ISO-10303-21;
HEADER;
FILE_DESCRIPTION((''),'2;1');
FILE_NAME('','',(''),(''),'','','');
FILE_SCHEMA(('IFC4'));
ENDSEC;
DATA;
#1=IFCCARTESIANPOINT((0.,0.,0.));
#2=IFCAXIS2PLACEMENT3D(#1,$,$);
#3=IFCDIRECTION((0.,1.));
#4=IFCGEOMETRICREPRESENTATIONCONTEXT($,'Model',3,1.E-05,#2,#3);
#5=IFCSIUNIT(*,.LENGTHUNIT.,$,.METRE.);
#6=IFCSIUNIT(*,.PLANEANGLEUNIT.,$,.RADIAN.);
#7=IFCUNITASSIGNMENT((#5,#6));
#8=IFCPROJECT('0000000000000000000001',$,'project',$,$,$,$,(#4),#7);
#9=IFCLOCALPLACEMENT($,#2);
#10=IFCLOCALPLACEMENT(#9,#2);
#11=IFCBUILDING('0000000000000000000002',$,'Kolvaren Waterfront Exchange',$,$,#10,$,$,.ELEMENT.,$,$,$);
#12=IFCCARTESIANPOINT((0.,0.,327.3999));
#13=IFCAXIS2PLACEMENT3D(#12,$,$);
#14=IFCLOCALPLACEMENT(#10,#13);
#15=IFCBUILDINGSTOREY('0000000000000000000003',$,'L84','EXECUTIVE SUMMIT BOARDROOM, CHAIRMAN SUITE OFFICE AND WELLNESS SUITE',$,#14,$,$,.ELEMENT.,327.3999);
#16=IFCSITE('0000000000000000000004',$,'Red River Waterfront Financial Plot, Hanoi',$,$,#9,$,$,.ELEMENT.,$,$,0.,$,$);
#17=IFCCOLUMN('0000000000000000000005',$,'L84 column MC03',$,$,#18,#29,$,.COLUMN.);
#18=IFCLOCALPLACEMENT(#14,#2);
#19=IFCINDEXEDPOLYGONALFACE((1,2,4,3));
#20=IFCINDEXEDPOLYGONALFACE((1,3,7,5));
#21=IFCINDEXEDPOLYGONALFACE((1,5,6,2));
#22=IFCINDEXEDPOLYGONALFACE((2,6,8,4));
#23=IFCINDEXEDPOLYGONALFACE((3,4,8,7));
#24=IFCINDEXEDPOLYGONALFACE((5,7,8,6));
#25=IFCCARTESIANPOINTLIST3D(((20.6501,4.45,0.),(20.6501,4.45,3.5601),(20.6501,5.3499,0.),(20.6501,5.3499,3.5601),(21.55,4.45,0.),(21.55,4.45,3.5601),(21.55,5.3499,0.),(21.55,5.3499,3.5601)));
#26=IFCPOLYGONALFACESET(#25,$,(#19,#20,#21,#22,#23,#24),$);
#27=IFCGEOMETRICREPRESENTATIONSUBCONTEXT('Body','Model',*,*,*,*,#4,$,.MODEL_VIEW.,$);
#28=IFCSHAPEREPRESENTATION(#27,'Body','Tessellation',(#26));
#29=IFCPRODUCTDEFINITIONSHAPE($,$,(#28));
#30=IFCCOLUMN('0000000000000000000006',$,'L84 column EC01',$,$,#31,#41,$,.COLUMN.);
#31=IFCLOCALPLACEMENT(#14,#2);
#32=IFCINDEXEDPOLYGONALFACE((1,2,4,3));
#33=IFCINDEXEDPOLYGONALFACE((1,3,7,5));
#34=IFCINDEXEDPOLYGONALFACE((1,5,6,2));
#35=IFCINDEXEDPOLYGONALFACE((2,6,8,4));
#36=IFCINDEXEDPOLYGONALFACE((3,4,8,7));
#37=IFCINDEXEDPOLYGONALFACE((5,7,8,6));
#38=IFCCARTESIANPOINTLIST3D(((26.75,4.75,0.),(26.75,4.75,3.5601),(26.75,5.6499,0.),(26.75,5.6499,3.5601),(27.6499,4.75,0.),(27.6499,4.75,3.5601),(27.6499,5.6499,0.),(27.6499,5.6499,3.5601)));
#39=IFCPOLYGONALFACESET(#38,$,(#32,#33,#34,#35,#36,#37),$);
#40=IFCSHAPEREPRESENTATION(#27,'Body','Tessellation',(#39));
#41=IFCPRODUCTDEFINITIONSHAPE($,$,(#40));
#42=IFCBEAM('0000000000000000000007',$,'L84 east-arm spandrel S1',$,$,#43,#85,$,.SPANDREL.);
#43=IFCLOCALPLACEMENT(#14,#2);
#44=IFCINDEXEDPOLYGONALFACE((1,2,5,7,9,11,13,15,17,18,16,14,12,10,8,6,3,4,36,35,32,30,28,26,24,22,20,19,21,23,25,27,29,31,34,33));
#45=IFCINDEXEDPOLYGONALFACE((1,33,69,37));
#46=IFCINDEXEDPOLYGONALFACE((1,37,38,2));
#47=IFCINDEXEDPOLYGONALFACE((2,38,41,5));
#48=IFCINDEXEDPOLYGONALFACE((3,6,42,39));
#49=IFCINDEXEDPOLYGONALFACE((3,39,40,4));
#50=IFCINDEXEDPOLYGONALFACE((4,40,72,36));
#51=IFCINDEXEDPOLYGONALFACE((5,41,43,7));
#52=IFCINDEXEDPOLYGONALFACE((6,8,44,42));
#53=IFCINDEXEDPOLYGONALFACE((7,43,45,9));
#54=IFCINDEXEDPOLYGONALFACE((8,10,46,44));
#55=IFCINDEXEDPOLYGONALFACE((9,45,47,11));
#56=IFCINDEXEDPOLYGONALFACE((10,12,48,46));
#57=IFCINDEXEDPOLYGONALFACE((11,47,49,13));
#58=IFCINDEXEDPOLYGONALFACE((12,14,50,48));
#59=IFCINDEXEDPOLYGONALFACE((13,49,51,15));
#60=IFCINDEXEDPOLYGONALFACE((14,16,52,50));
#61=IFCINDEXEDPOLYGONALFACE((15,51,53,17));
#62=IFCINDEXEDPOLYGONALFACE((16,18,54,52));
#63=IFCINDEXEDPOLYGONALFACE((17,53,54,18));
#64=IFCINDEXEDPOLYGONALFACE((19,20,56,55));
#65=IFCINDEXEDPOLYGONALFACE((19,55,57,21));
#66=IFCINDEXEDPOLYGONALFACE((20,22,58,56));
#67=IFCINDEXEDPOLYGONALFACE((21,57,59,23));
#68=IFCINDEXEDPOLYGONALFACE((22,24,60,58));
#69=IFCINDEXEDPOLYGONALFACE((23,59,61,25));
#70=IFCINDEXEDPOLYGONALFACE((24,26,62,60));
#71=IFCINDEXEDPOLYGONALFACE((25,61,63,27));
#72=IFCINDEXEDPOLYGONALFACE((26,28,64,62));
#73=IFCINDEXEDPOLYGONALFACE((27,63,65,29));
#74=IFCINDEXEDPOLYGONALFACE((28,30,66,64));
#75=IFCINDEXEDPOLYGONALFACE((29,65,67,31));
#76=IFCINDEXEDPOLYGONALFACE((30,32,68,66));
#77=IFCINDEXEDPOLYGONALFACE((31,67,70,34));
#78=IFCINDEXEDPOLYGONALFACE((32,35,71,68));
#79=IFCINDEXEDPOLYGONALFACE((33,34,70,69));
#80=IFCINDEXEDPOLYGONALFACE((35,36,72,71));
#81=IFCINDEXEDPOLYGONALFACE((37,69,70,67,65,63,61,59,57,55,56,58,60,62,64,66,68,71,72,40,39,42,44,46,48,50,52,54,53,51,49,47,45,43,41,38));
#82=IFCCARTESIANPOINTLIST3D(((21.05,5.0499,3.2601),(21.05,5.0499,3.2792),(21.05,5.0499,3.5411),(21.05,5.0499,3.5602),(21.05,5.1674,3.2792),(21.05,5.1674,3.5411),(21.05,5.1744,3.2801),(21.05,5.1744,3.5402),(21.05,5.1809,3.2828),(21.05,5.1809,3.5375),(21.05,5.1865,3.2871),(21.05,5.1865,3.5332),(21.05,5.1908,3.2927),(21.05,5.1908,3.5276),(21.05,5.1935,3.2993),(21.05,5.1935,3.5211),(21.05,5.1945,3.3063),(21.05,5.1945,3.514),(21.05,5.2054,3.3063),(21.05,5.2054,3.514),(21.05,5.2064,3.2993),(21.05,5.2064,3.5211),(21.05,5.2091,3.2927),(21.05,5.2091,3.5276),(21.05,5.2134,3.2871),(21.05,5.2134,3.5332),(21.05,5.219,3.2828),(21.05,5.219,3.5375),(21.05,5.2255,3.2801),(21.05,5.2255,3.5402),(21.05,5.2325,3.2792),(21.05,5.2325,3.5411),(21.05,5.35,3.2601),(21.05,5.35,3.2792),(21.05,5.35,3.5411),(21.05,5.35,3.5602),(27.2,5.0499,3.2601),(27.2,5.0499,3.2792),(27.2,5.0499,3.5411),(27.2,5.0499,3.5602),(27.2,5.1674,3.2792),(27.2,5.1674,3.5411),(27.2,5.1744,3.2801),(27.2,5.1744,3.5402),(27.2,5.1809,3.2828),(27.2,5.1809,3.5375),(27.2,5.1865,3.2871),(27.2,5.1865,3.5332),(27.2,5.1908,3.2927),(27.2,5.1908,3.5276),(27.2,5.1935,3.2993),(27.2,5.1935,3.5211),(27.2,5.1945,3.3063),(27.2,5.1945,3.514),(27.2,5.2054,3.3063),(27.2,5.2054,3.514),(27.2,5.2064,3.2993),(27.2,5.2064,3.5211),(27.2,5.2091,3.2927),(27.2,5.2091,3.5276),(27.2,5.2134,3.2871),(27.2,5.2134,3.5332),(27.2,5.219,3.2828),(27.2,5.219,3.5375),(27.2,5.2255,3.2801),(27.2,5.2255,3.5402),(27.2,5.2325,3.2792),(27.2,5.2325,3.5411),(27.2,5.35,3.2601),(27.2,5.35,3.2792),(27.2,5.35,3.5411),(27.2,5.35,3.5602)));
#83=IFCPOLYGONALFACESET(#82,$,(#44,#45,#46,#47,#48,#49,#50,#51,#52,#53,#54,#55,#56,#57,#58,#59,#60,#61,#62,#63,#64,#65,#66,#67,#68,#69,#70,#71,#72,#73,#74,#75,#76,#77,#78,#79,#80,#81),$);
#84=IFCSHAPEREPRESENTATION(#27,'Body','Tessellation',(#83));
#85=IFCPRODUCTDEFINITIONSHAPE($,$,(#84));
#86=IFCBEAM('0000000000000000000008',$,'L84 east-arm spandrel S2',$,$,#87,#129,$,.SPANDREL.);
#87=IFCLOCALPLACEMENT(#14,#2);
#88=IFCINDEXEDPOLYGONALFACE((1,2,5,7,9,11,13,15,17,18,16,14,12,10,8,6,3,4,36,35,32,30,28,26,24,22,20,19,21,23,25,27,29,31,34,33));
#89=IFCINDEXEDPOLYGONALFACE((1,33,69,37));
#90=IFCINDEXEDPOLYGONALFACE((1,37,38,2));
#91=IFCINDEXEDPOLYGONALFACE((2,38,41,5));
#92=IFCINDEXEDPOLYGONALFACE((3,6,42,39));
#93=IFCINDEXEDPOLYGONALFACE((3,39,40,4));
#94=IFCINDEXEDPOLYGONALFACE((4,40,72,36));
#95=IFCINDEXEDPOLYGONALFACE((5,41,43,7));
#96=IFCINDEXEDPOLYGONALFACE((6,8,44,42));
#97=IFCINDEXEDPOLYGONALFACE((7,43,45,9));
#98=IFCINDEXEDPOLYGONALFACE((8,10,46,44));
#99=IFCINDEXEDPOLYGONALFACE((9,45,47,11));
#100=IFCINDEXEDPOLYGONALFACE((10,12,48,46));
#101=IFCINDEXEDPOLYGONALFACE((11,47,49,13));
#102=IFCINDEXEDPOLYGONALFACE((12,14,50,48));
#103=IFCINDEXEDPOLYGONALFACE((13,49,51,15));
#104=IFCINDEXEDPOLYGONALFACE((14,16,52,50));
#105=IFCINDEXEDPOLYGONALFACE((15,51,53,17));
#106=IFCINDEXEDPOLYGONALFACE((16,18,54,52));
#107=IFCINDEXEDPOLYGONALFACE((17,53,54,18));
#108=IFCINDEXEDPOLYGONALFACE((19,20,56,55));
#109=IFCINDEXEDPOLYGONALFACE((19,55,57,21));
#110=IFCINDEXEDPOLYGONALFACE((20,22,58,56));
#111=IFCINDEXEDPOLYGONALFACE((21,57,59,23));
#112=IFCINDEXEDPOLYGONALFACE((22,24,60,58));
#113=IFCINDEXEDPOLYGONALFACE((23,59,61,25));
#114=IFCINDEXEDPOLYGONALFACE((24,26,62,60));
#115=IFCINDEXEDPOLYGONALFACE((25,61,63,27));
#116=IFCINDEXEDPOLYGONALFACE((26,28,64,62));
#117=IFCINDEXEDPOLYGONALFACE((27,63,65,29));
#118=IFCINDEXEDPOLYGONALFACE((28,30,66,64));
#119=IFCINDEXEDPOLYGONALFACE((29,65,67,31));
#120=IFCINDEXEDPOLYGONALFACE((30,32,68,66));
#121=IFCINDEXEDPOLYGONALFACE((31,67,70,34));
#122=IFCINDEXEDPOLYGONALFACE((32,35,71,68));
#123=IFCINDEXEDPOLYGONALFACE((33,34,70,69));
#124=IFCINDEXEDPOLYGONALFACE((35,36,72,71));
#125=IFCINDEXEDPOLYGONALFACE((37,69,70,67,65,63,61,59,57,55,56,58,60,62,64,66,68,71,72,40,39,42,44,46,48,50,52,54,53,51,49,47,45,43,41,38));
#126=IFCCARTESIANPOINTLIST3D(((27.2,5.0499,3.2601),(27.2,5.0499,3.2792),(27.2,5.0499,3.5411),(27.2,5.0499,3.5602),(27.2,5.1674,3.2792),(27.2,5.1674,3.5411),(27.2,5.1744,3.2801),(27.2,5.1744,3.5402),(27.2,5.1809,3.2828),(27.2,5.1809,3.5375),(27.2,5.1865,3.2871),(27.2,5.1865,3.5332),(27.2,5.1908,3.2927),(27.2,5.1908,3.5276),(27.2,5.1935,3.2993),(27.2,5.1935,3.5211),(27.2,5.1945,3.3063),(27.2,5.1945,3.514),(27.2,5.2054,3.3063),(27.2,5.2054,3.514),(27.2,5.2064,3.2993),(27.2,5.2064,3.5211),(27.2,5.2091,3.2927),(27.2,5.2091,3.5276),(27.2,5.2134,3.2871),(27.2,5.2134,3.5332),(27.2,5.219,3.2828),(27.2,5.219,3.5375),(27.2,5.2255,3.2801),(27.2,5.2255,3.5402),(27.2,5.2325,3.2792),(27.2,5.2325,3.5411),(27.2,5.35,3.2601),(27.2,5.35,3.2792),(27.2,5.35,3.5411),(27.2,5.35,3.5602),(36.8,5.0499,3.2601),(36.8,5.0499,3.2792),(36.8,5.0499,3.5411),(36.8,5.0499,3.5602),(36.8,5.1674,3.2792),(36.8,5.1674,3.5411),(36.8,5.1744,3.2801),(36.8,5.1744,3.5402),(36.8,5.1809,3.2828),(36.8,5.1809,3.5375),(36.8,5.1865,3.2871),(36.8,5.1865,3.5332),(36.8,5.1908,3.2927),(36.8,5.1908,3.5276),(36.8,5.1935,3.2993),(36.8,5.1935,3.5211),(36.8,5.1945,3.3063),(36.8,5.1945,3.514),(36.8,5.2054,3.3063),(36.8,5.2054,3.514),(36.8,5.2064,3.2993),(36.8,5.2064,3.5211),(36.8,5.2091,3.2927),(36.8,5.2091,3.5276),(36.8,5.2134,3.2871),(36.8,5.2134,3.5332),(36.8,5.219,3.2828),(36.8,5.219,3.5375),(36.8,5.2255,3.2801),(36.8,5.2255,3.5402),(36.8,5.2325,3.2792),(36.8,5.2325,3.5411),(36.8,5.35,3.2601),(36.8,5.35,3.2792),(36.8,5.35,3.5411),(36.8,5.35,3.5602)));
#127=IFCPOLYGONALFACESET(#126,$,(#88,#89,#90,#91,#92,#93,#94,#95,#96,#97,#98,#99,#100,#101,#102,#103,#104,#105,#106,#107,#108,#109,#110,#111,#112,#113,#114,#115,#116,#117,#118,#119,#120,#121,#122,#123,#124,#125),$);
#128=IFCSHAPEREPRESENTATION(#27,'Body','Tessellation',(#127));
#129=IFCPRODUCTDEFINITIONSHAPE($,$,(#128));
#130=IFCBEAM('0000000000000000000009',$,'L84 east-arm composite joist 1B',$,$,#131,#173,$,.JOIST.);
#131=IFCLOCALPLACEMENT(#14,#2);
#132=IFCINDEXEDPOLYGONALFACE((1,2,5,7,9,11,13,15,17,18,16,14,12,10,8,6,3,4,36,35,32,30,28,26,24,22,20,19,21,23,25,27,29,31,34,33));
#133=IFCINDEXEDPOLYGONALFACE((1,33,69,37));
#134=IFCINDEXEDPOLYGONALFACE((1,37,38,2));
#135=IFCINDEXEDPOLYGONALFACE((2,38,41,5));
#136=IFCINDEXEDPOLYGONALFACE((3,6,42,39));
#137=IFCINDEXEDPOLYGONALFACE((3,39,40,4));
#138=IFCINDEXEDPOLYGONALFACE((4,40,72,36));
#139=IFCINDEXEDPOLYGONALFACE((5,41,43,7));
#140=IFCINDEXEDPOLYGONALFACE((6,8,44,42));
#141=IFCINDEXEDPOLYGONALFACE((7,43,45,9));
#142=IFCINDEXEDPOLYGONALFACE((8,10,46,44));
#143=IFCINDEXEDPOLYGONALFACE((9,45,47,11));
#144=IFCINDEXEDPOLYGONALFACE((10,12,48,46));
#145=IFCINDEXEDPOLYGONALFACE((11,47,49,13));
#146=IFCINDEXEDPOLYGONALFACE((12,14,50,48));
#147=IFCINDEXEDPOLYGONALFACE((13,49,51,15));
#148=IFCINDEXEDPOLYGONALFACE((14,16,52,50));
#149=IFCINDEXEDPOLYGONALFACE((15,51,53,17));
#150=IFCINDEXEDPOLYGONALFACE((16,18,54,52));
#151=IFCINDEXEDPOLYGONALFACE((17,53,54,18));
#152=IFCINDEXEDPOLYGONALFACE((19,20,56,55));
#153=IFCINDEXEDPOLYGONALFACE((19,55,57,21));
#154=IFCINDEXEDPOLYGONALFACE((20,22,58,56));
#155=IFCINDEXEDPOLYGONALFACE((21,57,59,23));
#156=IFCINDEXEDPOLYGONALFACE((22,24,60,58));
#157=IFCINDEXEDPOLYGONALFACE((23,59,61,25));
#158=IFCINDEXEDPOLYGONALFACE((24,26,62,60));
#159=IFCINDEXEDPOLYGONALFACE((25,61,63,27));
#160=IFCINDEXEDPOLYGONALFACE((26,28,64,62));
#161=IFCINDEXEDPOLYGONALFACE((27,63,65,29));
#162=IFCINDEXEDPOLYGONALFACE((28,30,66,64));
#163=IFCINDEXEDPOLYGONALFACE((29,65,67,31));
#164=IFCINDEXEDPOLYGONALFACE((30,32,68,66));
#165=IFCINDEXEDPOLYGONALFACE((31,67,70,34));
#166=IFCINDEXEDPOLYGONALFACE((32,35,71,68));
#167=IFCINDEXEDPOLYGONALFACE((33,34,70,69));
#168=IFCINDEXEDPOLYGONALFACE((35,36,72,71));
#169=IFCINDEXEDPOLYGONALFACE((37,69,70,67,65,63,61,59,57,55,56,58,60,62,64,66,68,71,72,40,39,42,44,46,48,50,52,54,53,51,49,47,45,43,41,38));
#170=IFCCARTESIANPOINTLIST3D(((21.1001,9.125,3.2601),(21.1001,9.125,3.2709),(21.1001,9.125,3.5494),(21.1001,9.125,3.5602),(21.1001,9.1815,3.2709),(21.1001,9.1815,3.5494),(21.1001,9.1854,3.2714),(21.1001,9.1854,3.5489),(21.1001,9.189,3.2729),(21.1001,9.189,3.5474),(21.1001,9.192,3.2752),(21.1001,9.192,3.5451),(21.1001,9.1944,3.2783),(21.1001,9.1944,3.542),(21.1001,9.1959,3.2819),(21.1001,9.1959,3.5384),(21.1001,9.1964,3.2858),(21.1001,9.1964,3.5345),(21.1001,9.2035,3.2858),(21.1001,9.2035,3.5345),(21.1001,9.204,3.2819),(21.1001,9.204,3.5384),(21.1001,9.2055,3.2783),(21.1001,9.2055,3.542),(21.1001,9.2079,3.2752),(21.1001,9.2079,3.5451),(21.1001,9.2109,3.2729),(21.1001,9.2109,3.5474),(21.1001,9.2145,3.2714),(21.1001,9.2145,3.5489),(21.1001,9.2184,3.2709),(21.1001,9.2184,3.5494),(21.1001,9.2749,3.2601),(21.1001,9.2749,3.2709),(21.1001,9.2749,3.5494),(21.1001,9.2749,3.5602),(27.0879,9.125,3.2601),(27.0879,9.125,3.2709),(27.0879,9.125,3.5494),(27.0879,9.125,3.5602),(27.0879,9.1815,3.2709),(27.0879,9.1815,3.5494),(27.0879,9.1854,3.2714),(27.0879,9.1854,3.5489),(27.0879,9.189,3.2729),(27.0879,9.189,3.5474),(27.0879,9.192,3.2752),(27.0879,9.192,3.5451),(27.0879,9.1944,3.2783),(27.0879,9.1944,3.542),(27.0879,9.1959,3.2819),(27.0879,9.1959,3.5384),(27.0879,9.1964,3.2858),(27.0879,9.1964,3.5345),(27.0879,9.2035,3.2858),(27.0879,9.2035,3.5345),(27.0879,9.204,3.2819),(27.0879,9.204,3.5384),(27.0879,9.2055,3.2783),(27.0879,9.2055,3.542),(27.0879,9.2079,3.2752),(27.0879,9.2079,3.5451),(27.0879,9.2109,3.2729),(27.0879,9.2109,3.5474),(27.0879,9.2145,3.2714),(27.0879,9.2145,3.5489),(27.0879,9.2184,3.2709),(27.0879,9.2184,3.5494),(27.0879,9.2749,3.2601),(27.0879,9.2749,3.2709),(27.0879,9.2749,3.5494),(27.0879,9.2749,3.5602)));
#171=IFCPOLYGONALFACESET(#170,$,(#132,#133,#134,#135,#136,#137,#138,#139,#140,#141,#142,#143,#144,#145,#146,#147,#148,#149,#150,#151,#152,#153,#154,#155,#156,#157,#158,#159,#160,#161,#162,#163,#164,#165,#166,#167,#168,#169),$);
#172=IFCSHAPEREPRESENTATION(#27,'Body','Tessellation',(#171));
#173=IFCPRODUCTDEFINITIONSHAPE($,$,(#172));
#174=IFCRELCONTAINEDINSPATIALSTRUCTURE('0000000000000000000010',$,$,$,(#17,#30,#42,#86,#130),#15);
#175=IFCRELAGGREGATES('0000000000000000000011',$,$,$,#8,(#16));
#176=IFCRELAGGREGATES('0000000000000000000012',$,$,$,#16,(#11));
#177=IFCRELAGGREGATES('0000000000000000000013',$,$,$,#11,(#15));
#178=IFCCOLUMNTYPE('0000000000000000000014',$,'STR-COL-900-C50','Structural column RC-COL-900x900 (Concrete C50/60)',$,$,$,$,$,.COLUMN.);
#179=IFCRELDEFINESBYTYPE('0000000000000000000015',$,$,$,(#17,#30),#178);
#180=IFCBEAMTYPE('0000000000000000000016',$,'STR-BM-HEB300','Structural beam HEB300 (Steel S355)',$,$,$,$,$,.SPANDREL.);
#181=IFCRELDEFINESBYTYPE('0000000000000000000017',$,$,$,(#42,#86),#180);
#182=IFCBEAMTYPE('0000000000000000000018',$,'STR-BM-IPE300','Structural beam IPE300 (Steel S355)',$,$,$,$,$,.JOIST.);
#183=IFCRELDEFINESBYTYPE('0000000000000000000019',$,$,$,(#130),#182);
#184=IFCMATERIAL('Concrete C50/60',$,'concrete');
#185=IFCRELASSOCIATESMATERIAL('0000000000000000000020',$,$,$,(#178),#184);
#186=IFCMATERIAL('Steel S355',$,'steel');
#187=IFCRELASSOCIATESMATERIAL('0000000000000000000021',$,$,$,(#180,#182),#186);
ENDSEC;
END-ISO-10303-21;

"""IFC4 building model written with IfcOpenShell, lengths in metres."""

from ifc_helpers import new_model, si_unit, direction, frame, origin, origin_2d, place, context, subcontext, project, spatial, rectangle, i_section, extrude, material, material_profile, profile_set, type_object, element, save


model = new_model("IFC4")

# Units and contexts
model_context = context("Model", 3, precision=1e-05, world=origin(), true_north=direction((0.0, 1.0)))
body_context = subcontext(model_context, "Body", "Model", "MODEL_VIEW")
ifc_project = project(units=[si_unit("LENGTHUNIT", "METRE"), si_unit("PLANEANGLEUNIT", "RADIAN")], contexts=[model_context])

# Site, building, storey
site_placement = place(None, origin())
site = spatial("IfcSite", under=ifc_project, at=site_placement, Name="Red River Waterfront Financial Plot, Hanoi", CompositionType="ELEMENT", RefElevation=0.0)
building_placement = place(site_placement, origin())
building = spatial("IfcBuilding", under=site, at=building_placement, Name="Kolvaren Waterfront Exchange", CompositionType="ELEMENT")
storey_placement = place(building_placement, frame((0.0, 0.0, 327.3999)))
storey = spatial("IfcBuildingStorey", under=building, at=storey_placement, Name="L84", Description="EXECUTIVE SUMMIT BOARDROOM, CHAIRMAN SUITE OFFICE AND WELLNESS SUITE", CompositionType="ELEMENT", Elevation=327.3999)

# Columns
ifc_material_1 = material(Name="Concrete C50/60", Category="concrete")
ifc_material_profile_1 = material_profile(ifc_material_1, rectangle(XDim=0.8999, YDim=0.8999, at=origin_2d()), Name="RC-COL-900x900")
ifc_profile_set_1 = profile_set([ifc_material_profile_1], Name="Concrete C50/60")
column_type = type_object("IfcColumnType", Name="STR-COL-900-C50", Description="Structural column RC-COL-900x900 (Concrete C50/60)", PredefinedType="COLUMN", material=ifc_profile_set_1)
for number, where, z_axis, x_axis, name in (
    (1, (21.1001, 4.8999, 0.0), (0.0, 0.0, 1.0), (1.0, 0.0, 0.0), "L84 column MC03"),
    (2, (27.2, 5.2, 0.0), (0.0, 0.0, 1.0), (1.0, 0.0, 0.0), "L84 column EC01"),
):
    element("IfcColumn", number, at=place(storey_placement, frame(where, z_axis=z_axis, x_axis=x_axis)), inside=storey, type_object=column_type, Name=name, PredefinedType="COLUMN", context=body_context, shape_type="SweptSolid", body=[
        extrude(rectangle(XDim=0.8999, YDim=0.8999, at=origin_2d()), origin(), (0.0, 0.0, 1.0), 3.5601),
    ])

# Beams
ifc_material_2 = material(Name="Steel S355", Category="steel")
ifc_material_profile_2 = material_profile(ifc_material_2, i_section(OverallWidth=0.3, OverallDepth=0.3, WebThickness=0.011, FlangeThickness=0.019, FilletRadius=0.0271, at=origin_2d()), Name="HEB300")
ifc_profile_set_2 = profile_set([ifc_material_profile_2], Name="Steel S355")
beam_type_1 = type_object("IfcBeamType", Name="STR-BM-HEB300", Description="Structural beam HEB300 (Steel S355)", PredefinedType="SPANDREL", material=ifc_profile_set_2)
beam_1_placement = place(storey_placement, frame((21.05, 5.2, 3.4102), z_axis=(1.0, 0.0, 0.0), x_axis=(0.0, 1.0, 0.0)))
element("IfcBeam", 3, at=beam_1_placement, inside=storey, type_object=beam_type_1, Name="L84 east-arm spandrel S1", PredefinedType="SPANDREL", context=body_context, shape_type="SweptSolid", body=[
    extrude(i_section(OverallWidth=0.3, OverallDepth=0.3, WebThickness=0.011, FlangeThickness=0.019, FilletRadius=0.0271, at=origin_2d()), origin(), (0.0, 0.0, 1.0), 6.1499),
])
beam_2_placement = place(storey_placement, frame((27.2, 5.2, 3.4102), z_axis=(1.0, 0.0, 0.0), x_axis=(0.0, 1.0, 0.0)))
element("IfcBeam", 4, at=beam_2_placement, inside=storey, type_object=beam_type_1, Name="L84 east-arm spandrel S2", PredefinedType="SPANDREL", context=body_context, shape_type="SweptSolid", body=[
    extrude(i_section(OverallWidth=0.3, OverallDepth=0.3, WebThickness=0.011, FlangeThickness=0.019, FilletRadius=0.0271, at=origin_2d()), origin(), (0.0, 0.0, 1.0), 9.6001),
])
ifc_material_profile_3 = material_profile(ifc_material_2, i_section(OverallWidth=0.1499, OverallDepth=0.3, WebThickness=0.0071, FlangeThickness=0.0107, FilletRadius=0.0149, at=origin_2d()), Name="IPE300")
ifc_profile_set_3 = profile_set([ifc_material_profile_3], Name="Steel S355")
beam_type_2 = type_object("IfcBeamType", Name="STR-BM-IPE300", Description="Structural beam IPE300 (Steel S355)", PredefinedType="JOIST", material=ifc_profile_set_3)
beam_3_placement = place(storey_placement, frame((21.1001, 9.2, 3.4102), z_axis=(1.0, 0.0, 0.0), x_axis=(0.0, 1.0, 0.0)))
element("IfcBeam", 5, at=beam_3_placement, inside=storey, type_object=beam_type_2, Name="L84 east-arm composite joist 1B", PredefinedType="JOIST", context=body_context, shape_type="SweptSolid", body=[
    extrude(i_section(OverallWidth=0.1499, OverallDepth=0.3, WebThickness=0.0071, FlangeThickness=0.0107, FilletRadius=0.0149, at=origin_2d()), origin(), (0.0, 0.0, 1.0), 5.9878),
])

save(model, "model.ifc")
